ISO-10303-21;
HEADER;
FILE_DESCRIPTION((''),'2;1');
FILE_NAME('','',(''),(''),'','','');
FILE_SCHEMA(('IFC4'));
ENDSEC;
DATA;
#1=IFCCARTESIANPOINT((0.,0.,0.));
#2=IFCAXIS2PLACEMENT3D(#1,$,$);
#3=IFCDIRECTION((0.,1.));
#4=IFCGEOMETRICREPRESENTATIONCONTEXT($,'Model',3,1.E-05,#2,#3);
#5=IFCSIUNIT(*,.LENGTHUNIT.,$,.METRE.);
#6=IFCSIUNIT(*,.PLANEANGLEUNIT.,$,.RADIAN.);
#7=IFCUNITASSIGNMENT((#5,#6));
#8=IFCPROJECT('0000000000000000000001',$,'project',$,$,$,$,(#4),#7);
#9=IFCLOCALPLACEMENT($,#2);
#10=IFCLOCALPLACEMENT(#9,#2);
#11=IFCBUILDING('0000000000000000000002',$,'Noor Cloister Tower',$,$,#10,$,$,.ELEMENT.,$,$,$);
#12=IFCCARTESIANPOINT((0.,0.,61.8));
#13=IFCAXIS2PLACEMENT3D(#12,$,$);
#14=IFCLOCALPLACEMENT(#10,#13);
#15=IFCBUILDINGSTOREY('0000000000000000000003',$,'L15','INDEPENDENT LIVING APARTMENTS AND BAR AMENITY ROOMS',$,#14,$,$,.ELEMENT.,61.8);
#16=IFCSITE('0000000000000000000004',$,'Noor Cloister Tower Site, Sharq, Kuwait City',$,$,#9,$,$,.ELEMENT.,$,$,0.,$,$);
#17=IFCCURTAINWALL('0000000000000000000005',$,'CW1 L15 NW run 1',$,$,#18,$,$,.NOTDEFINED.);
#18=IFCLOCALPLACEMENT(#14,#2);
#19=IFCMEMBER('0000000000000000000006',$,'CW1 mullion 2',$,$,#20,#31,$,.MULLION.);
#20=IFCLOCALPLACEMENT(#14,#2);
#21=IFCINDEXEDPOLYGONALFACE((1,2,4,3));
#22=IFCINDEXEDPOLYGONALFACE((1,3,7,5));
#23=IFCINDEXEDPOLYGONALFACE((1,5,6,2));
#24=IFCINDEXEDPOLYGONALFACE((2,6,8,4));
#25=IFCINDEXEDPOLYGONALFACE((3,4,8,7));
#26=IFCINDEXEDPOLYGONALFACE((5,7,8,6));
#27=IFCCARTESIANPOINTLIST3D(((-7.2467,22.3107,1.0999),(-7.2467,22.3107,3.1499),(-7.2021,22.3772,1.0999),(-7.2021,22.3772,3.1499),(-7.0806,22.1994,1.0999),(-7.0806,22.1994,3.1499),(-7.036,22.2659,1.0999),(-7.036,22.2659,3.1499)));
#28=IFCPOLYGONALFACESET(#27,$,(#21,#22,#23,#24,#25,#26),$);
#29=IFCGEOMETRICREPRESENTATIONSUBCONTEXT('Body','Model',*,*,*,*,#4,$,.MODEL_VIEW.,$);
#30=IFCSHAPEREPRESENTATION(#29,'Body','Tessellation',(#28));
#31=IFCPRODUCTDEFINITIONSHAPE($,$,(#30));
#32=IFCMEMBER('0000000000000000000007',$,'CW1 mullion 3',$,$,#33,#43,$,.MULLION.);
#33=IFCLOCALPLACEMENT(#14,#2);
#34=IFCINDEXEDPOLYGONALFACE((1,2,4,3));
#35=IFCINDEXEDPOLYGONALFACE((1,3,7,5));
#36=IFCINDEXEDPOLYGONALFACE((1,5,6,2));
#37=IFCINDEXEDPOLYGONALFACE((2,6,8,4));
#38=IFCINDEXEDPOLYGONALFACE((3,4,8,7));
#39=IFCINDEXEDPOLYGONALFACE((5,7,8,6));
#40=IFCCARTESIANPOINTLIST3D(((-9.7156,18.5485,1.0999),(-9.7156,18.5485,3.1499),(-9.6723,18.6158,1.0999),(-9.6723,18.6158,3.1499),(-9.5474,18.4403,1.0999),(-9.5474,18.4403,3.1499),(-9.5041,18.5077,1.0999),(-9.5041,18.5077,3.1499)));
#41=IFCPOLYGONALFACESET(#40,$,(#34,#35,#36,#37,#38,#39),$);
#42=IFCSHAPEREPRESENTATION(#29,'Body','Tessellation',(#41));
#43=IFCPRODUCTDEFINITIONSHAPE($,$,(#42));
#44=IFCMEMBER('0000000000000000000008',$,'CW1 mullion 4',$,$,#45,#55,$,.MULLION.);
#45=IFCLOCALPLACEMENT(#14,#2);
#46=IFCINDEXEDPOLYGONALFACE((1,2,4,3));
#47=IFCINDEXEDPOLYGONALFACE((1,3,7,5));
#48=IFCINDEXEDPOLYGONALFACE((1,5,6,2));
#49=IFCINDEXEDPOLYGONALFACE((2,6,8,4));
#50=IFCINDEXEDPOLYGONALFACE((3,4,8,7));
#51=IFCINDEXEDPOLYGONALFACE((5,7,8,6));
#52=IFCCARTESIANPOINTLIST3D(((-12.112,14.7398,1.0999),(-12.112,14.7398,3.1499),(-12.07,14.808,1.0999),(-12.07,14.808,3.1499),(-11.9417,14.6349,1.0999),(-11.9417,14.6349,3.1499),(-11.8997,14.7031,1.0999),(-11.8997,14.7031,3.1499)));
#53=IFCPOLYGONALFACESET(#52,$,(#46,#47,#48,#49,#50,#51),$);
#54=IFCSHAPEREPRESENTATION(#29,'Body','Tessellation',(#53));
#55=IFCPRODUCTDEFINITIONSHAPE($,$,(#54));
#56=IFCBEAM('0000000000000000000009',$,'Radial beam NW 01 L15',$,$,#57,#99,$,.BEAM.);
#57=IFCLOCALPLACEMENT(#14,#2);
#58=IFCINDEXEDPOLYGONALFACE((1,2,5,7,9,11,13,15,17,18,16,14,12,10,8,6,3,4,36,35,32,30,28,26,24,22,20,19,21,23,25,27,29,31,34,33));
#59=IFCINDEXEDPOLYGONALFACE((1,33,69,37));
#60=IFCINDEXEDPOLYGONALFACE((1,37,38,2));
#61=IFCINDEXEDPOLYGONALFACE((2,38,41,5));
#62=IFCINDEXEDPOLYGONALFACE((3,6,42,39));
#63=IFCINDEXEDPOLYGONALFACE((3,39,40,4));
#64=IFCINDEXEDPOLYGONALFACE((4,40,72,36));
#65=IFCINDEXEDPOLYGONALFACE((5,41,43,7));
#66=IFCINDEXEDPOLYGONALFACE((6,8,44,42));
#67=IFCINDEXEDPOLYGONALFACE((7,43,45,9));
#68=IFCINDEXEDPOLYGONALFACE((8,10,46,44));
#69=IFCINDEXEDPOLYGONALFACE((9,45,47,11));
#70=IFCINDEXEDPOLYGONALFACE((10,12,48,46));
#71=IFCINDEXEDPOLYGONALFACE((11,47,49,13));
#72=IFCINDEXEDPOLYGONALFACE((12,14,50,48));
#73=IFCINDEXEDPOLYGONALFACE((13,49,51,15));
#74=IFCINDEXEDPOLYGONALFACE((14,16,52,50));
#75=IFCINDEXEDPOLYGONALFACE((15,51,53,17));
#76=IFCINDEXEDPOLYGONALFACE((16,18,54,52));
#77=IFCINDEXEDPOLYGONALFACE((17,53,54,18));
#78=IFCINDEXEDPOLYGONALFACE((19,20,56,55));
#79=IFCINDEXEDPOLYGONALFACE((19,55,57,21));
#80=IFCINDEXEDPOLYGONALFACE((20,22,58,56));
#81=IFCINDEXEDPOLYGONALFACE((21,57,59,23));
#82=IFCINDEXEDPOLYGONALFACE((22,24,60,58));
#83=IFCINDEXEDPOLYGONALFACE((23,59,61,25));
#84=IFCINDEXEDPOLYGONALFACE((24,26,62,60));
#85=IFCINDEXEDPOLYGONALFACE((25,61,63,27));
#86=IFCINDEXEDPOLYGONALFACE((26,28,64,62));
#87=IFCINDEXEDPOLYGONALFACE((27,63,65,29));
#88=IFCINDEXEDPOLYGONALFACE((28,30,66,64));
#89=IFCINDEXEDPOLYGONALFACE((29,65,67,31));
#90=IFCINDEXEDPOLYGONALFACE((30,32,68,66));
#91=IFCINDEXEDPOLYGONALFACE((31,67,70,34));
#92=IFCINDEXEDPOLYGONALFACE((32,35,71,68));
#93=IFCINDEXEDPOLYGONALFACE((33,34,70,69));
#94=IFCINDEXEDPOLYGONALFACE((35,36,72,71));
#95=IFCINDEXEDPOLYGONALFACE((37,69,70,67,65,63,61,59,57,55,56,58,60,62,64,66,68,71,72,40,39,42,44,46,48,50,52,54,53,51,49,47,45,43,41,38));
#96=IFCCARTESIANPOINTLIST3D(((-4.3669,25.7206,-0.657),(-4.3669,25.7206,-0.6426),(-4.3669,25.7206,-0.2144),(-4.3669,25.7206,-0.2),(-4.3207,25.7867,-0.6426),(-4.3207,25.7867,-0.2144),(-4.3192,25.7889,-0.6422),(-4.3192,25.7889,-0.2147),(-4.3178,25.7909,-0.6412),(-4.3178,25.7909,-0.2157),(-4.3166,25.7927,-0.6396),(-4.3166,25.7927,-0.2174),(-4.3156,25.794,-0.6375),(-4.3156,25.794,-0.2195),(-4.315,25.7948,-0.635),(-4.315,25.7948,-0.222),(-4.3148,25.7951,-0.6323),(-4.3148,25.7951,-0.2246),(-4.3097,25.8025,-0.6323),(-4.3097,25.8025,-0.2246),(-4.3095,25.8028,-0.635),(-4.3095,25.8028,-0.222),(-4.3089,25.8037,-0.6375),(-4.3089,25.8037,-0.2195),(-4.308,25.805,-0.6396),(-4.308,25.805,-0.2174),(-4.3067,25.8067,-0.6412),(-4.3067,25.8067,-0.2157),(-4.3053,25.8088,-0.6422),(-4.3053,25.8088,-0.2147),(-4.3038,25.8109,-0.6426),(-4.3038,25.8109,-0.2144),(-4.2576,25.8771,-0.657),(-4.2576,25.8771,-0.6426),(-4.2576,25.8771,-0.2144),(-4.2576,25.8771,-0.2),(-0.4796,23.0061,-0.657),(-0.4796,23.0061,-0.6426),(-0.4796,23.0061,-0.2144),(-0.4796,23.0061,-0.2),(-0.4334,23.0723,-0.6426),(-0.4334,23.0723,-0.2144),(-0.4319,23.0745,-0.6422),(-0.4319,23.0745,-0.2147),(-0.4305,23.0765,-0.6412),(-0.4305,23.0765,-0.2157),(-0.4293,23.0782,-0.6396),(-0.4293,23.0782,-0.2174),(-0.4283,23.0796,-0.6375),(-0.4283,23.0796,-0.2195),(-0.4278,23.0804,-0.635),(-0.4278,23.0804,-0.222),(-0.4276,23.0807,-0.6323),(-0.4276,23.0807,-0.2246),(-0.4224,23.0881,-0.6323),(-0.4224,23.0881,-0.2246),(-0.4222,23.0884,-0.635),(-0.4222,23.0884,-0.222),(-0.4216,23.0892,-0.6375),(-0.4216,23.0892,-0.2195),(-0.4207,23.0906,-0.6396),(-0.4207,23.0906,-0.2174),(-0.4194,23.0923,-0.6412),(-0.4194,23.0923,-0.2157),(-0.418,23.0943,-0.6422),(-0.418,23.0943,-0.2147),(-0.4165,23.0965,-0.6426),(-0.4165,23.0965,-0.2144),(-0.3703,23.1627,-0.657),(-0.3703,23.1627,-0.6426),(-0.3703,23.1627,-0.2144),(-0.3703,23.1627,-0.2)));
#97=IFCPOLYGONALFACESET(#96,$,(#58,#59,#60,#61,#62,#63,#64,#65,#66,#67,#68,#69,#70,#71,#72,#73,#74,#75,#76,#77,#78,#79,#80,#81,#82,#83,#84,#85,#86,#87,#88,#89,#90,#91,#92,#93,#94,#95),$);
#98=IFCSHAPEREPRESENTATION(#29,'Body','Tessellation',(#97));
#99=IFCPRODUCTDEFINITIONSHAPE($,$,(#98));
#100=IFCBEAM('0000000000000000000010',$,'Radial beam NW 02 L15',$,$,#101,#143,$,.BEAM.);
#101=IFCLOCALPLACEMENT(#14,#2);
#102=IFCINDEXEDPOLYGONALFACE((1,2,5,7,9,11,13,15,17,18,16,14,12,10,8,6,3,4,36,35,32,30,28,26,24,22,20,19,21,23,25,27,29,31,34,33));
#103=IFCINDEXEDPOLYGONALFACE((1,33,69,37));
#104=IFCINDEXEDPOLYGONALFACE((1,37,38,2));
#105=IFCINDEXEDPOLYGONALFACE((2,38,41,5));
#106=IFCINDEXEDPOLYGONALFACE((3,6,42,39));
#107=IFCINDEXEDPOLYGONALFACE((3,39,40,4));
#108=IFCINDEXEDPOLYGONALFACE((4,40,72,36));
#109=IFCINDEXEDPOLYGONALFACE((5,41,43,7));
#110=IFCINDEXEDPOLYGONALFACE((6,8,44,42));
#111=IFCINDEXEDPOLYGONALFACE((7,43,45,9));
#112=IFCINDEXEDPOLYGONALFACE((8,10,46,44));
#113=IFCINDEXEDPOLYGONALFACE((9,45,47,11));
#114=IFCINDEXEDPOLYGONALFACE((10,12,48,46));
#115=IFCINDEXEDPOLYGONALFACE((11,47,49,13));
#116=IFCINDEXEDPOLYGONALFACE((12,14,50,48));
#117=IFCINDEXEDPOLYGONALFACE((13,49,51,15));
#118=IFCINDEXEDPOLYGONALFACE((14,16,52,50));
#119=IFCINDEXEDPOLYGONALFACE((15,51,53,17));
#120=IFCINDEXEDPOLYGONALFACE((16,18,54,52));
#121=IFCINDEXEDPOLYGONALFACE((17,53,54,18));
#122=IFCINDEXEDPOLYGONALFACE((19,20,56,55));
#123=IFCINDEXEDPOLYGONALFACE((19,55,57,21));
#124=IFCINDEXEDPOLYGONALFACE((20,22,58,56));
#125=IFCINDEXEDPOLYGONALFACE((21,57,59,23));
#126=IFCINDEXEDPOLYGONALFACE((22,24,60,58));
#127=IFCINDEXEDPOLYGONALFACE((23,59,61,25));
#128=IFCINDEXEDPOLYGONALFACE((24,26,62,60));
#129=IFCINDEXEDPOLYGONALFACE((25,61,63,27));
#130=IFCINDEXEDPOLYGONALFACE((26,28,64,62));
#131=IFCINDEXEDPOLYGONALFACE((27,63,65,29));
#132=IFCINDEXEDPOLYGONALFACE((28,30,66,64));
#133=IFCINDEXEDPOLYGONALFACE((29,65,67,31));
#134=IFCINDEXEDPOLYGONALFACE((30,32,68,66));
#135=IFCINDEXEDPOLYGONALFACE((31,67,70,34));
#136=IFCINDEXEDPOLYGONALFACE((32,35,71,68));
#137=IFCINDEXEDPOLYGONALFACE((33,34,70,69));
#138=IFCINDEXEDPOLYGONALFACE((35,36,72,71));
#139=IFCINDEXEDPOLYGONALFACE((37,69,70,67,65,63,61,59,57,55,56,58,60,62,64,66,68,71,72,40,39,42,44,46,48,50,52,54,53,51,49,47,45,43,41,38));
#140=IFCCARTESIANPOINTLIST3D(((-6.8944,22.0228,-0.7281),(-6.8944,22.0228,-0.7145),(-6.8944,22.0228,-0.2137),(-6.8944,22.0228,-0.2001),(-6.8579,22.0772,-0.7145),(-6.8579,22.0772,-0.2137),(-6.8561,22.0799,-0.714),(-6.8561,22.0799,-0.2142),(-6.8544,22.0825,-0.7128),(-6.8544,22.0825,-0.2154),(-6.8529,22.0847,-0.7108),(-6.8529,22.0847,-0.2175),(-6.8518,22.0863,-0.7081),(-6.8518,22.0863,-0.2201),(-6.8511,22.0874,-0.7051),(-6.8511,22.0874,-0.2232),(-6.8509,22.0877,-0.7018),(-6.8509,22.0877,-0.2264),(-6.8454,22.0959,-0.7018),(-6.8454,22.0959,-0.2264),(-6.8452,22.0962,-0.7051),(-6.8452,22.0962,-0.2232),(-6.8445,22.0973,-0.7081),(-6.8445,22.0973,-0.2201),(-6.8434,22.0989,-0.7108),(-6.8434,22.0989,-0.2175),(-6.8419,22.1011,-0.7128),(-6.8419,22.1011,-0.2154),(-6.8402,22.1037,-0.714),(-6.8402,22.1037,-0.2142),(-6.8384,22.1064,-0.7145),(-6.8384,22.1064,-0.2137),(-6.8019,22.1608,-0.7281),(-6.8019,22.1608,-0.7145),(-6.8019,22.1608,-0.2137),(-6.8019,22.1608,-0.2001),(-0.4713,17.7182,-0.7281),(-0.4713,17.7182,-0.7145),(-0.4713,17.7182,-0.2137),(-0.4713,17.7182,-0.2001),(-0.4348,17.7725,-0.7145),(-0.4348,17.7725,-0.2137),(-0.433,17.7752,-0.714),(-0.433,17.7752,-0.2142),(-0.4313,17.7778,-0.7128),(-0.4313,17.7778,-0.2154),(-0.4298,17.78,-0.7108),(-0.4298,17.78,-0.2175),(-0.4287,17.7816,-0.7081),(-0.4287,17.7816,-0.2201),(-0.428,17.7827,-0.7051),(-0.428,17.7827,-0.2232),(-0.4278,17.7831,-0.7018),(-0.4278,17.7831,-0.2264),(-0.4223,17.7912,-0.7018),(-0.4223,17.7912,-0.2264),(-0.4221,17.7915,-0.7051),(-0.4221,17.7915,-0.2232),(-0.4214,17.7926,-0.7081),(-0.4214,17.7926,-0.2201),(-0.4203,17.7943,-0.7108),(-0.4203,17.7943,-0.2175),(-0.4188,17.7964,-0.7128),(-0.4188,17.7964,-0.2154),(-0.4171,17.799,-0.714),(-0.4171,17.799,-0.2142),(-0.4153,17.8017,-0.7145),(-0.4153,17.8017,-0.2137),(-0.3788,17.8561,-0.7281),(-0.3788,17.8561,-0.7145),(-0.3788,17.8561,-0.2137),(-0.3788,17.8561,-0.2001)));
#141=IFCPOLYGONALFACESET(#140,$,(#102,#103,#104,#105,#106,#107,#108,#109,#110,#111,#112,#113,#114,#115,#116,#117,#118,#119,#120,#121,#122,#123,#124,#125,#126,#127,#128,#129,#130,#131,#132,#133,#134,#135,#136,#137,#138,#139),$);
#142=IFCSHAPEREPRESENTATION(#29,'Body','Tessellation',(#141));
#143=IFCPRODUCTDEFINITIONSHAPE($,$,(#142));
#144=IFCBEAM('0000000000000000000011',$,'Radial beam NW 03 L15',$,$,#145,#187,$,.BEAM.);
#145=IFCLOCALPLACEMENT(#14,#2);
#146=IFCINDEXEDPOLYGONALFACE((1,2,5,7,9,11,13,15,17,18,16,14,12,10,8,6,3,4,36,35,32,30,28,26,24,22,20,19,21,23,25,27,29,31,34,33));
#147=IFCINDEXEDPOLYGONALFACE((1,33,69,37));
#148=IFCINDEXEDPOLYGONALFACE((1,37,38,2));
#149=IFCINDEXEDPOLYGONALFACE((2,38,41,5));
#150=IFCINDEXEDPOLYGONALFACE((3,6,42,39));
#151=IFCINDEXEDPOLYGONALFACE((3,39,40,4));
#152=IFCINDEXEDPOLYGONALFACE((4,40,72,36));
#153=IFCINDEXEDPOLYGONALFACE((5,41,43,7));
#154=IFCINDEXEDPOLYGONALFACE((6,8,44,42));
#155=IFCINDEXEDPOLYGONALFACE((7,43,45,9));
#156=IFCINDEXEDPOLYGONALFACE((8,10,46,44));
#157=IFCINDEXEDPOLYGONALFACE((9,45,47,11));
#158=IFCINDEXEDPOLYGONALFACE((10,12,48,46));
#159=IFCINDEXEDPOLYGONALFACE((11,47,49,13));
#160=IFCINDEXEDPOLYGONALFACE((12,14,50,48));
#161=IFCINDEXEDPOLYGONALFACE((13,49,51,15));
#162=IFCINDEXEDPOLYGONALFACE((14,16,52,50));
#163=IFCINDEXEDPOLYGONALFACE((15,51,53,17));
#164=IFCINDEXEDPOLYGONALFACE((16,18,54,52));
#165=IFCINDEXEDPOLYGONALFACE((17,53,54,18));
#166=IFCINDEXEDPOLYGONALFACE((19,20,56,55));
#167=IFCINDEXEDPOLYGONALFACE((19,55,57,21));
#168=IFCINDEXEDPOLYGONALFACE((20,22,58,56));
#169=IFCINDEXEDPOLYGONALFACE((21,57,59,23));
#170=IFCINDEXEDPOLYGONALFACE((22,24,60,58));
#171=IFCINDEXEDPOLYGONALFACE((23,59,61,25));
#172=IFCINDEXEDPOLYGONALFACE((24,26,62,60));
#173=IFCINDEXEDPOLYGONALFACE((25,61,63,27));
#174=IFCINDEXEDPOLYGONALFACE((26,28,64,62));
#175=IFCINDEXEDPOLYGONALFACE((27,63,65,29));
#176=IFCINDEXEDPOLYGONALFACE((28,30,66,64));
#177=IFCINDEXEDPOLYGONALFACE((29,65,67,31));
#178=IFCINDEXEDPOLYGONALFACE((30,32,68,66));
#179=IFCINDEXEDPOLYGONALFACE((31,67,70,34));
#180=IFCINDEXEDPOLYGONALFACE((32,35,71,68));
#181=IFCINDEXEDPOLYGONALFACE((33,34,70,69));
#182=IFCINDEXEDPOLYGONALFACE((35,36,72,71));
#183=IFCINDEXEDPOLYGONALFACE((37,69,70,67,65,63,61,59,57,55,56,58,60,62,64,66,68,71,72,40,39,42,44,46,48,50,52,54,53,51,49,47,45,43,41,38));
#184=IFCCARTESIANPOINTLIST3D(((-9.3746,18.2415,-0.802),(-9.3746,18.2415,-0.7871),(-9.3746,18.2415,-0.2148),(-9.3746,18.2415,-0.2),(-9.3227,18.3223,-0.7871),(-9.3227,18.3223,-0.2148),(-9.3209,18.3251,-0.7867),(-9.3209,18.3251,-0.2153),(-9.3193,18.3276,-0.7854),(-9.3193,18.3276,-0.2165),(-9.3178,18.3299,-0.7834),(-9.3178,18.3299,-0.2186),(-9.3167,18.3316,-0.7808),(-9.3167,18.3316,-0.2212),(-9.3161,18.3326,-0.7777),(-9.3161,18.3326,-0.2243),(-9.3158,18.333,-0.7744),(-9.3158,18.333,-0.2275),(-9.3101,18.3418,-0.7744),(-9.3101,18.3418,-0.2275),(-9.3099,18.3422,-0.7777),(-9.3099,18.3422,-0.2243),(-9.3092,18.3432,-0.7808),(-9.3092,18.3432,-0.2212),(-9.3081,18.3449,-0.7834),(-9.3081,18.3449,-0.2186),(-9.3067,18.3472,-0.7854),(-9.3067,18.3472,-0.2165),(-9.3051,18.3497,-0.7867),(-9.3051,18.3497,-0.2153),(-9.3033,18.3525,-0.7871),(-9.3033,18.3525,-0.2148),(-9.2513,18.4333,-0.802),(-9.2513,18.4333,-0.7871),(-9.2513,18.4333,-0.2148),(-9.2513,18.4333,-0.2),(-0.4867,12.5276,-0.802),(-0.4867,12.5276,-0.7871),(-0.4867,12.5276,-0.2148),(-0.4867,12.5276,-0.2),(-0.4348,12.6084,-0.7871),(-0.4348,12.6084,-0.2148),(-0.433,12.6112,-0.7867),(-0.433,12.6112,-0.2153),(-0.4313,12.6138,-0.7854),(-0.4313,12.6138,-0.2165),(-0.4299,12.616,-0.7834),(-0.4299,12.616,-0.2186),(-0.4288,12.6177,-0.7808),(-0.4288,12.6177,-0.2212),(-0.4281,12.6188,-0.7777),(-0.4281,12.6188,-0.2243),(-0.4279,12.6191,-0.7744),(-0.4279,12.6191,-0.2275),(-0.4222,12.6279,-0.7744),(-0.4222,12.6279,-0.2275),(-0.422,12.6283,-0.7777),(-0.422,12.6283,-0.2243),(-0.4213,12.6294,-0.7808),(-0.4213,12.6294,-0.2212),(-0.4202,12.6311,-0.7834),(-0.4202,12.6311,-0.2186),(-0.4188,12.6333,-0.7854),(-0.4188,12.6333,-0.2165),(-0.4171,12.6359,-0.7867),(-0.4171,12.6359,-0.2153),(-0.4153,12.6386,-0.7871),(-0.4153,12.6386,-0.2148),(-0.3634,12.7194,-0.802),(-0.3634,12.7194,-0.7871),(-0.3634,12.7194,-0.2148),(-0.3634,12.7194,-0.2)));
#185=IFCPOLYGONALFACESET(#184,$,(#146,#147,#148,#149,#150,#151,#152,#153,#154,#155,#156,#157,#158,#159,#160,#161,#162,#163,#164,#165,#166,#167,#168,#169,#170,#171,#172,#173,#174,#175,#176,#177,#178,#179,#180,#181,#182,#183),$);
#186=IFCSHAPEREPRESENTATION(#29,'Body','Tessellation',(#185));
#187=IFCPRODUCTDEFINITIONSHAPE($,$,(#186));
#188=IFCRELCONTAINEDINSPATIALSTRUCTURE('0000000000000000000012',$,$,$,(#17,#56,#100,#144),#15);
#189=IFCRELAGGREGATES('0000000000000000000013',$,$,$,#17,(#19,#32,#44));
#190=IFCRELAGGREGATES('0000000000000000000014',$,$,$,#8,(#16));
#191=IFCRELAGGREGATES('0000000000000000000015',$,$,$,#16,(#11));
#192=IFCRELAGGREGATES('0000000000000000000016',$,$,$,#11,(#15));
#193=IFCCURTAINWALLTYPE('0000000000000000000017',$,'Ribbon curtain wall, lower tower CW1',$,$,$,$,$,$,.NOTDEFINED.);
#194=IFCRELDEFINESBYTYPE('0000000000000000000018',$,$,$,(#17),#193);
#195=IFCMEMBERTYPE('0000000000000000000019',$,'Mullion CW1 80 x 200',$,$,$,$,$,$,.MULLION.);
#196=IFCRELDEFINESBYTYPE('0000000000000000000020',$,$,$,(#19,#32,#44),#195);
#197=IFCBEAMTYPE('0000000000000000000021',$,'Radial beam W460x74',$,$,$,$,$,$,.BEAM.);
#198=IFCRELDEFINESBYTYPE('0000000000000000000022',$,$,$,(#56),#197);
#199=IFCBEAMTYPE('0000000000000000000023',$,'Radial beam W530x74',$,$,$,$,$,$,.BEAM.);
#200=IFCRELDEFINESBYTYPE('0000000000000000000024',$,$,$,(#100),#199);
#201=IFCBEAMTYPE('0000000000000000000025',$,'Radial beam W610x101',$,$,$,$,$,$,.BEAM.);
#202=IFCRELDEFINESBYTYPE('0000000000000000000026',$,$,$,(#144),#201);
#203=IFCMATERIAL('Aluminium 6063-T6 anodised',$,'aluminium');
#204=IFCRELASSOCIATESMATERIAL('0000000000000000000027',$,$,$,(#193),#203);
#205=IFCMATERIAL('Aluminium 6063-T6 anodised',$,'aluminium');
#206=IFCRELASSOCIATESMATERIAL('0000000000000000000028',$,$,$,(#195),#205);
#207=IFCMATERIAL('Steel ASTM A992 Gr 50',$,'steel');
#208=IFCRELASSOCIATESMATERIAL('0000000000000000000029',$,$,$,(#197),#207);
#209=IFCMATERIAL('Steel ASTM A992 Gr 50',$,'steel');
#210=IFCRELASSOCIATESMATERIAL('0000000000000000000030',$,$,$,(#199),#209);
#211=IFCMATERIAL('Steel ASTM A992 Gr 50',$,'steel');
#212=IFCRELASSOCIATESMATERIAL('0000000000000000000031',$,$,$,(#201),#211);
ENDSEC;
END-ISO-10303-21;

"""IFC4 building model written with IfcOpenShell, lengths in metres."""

from ifc_helpers import new_model, si_unit, direction, frame, origin, origin_2d, place, context, subcontext, project, spatial, rectangle, i_section, extrude, material, material_profile, profile_set, type_object, element, aggregate, save


model = new_model("IFC4")

# Units and contexts
model_context = context("Model", 3, precision=1e-05, world=origin(), true_north=direction((0.0, 1.0)))
body_context = subcontext(model_context, "Body", "Model", "MODEL_VIEW")
ifc_project = project(units=[si_unit("LENGTHUNIT", "METRE"), si_unit("PLANEANGLEUNIT", "RADIAN")], contexts=[model_context])

# Site, building, storey
site_placement = place(None, origin())
site = spatial("IfcSite", under=ifc_project, at=site_placement, Name="Noor Cloister Tower Site, Sharq, Kuwait City", CompositionType="ELEMENT", RefElevation=0.0)
building_placement = place(site_placement, origin())
building = spatial("IfcBuilding", under=site, at=building_placement, Name="Noor Cloister Tower", CompositionType="ELEMENT")
storey_placement = place(building_placement, frame((0.0, 0.0, 61.8)))
storey = spatial("IfcBuildingStorey", under=building, at=storey_placement, Name="L15", Description="INDEPENDENT LIVING APARTMENTS AND BAR AMENITY ROOMS", CompositionType="ELEMENT", Elevation=61.8)

# Curtain wall, members
ifc_material_1 = material(Name="Aluminium 6063-T6 anodised", Category="aluminium")
curtain_wall_type = type_object("IfcCurtainWallType", Name="Ribbon curtain wall, lower tower CW1", PredefinedType="NOTDEFINED", material=ifc_material_1)
curtain_wall_placement = place(storey_placement, origin())
curtain_wall = element("IfcCurtainWall", 1, at=curtain_wall_placement, inside=storey, type_object=curtain_wall_type, Name="CW1 L15 NW run 1", PredefinedType="NOTDEFINED")
ifc_material_2 = material(Name="Aluminium 6063-T6 anodised", Category="aluminium")
ifc_material_profile_1 = material_profile(ifc_material_2, rectangle(XDim=0.2, YDim=0.0801, at=origin_2d()), Name="200 x 80 mullion")
ifc_profile_set_1 = profile_set([ifc_material_profile_1], Name="Aluminium 6063-T6 anodised")
member_type = type_object("IfcMemberType", Name="Mullion CW1 80 x 200", PredefinedType="MULLION", material=ifc_profile_set_1)
member_1_placement = place(storey_placement, frame((-7.1414, 22.2883, 1.0999), z_axis=(0.0, 0.0, 1.0), x_axis=(0.830698, -0.556723, 0.0)))
member_1 = element("IfcMember", 2, at=member_1_placement, type_object=member_type, Name="CW1 mullion 2", PredefinedType="MULLION", context=body_context, shape_type="SweptSolid", body=[
    extrude(rectangle(XDim=0.2, YDim=0.0801, at=origin_2d()), origin(), (0.0, 0.0, 1.0), 2.05),
])
member_2_placement = place(storey_placement, frame((-9.6099, 18.5281, 1.0999), z_axis=(0.0, 0.0, 1.0), x_axis=(0.841177, -0.540759, 0.0)))
member_2 = element("IfcMember", 3, at=member_2_placement, type_object=member_type, Name="CW1 mullion 3", PredefinedType="MULLION", context=body_context, shape_type="SweptSolid", body=[
    extrude(rectangle(XDim=0.2, YDim=0.0801, at=origin_2d()), origin(), (0.0, 0.0, 1.0), 2.05),
])
member_3_placement = place(storey_placement, frame((-12.0059, 14.7214, 1.0999), z_axis=(0.0, 0.0, 1.0), x_axis=(0.85135, -0.524598, 0.0)))
member_3 = element("IfcMember", 4, at=member_3_placement, type_object=member_type, Name="CW1 mullion 4", PredefinedType="MULLION", context=body_context, shape_type="SweptSolid", body=[
    extrude(rectangle(XDim=0.2, YDim=0.0801, at=origin_2d()), origin(), (0.0, 0.0, 1.0), 2.05),
])

# Beams
ifc_material_3 = material(Name="Steel ASTM A992 Gr 50", Category="steel")
ifc_material_profile_2 = material_profile(ifc_material_3, i_section(OverallWidth=0.1909, OverallDepth=0.457, WebThickness=0.009, FlangeThickness=0.0144, FilletRadius=0.0103, at=origin_2d()), Name="W460x74")
ifc_profile_set_2 = profile_set([ifc_material_profile_2], Name="Steel ASTM A992 Gr 50")
beam_type_1 = type_object("IfcBeamType", Name="Radial beam W460x74", PredefinedType="BEAM", material=ifc_profile_set_2)
beam_1_placement = place(storey_placement, frame((-4.3123, 25.7988, -0.4285), z_axis=(0.819894, -0.572515, 0.0), x_axis=(0.572515, 0.819894, 0.0)))
element("IfcBeam", 5, at=beam_1_placement, inside=storey, type_object=beam_type_1, Name="Radial beam NW 01 L15", PredefinedType="BEAM", context=body_context, shape_type="SweptSolid", body=[
    extrude(i_section(OverallWidth=0.1909, OverallDepth=0.457, WebThickness=0.009, FlangeThickness=0.0144, FilletRadius=0.0103, at=origin_2d()), origin(), (0.0, 0.0, 1.0), 4.7412),
])
ifc_material_4 = material(Name="Steel ASTM A992 Gr 50", Category="steel")
ifc_material_profile_3 = material_profile(ifc_material_4, i_section(OverallWidth=0.166, OverallDepth=0.5281, WebThickness=0.0098, FlangeThickness=0.0137, FilletRadius=0.0127, at=origin_2d()), Name="W530x74")
ifc_profile_set_3 = profile_set([ifc_material_profile_3], Name="Steel ASTM A992 Gr 50")
beam_type_2 = type_object("IfcBeamType", Name="Radial beam W530x74", PredefinedType="BEAM", material=ifc_profile_set_3)
beam_2_placement = place(storey_placement, frame((-6.8481, 22.0918, -0.4641), z_axis=(0.830697, -0.556724, 0.0), x_axis=(0.556724, 0.830697, 0.0)))
element("IfcBeam", 6, at=beam_2_placement, inside=storey, type_object=beam_type_2, Name="Radial beam NW 02 L15", PredefinedType="BEAM", context=body_context, shape_type="SweptSolid", body=[
    extrude(i_section(OverallWidth=0.166, OverallDepth=0.5281, WebThickness=0.0098, FlangeThickness=0.0137, FilletRadius=0.0127, at=origin_2d()), origin(), (0.0, 0.0, 1.0), 7.7322),
])
ifc_material_5 = material(Name="Steel ASTM A992 Gr 50", Category="steel")
ifc_material_profile_4 = material_profile(ifc_material_5, i_section(OverallWidth=0.228, OverallDepth=0.6021, WebThickness=0.0105, FlangeThickness=0.0149, FilletRadius=0.0127, at=origin_2d()), Name="W610x101")
ifc_profile_set_4 = profile_set([ifc_material_profile_4], Name="Steel ASTM A992 Gr 50")
beam_type_3 = type_object("IfcBeamType", Name="Radial beam W610x101", PredefinedType="BEAM", material=ifc_profile_set_4)
beam_3_placement = place(storey_placement, frame((-9.313, 18.3374, -0.501), z_axis=(0.84117, -0.54077, 0.0), x_axis=(0.54077, 0.84117, 0.0)))
element("IfcBeam", 7, at=beam_3_placement, inside=storey, type_object=beam_type_3, Name="Radial beam NW 03 L15", PredefinedType="BEAM", context=body_context, shape_type="SweptSolid", body=[
    extrude(i_section(OverallWidth=0.228, OverallDepth=0.6021, WebThickness=0.0105, FlangeThickness=0.0149, FilletRadius=0.0127, at=origin_2d()), origin(), (0.0, 0.0, 1.0), 10.5662),
])

aggregate(curtain_wall, [member_1, member_2, member_3])

save(model, "model.ifc")
